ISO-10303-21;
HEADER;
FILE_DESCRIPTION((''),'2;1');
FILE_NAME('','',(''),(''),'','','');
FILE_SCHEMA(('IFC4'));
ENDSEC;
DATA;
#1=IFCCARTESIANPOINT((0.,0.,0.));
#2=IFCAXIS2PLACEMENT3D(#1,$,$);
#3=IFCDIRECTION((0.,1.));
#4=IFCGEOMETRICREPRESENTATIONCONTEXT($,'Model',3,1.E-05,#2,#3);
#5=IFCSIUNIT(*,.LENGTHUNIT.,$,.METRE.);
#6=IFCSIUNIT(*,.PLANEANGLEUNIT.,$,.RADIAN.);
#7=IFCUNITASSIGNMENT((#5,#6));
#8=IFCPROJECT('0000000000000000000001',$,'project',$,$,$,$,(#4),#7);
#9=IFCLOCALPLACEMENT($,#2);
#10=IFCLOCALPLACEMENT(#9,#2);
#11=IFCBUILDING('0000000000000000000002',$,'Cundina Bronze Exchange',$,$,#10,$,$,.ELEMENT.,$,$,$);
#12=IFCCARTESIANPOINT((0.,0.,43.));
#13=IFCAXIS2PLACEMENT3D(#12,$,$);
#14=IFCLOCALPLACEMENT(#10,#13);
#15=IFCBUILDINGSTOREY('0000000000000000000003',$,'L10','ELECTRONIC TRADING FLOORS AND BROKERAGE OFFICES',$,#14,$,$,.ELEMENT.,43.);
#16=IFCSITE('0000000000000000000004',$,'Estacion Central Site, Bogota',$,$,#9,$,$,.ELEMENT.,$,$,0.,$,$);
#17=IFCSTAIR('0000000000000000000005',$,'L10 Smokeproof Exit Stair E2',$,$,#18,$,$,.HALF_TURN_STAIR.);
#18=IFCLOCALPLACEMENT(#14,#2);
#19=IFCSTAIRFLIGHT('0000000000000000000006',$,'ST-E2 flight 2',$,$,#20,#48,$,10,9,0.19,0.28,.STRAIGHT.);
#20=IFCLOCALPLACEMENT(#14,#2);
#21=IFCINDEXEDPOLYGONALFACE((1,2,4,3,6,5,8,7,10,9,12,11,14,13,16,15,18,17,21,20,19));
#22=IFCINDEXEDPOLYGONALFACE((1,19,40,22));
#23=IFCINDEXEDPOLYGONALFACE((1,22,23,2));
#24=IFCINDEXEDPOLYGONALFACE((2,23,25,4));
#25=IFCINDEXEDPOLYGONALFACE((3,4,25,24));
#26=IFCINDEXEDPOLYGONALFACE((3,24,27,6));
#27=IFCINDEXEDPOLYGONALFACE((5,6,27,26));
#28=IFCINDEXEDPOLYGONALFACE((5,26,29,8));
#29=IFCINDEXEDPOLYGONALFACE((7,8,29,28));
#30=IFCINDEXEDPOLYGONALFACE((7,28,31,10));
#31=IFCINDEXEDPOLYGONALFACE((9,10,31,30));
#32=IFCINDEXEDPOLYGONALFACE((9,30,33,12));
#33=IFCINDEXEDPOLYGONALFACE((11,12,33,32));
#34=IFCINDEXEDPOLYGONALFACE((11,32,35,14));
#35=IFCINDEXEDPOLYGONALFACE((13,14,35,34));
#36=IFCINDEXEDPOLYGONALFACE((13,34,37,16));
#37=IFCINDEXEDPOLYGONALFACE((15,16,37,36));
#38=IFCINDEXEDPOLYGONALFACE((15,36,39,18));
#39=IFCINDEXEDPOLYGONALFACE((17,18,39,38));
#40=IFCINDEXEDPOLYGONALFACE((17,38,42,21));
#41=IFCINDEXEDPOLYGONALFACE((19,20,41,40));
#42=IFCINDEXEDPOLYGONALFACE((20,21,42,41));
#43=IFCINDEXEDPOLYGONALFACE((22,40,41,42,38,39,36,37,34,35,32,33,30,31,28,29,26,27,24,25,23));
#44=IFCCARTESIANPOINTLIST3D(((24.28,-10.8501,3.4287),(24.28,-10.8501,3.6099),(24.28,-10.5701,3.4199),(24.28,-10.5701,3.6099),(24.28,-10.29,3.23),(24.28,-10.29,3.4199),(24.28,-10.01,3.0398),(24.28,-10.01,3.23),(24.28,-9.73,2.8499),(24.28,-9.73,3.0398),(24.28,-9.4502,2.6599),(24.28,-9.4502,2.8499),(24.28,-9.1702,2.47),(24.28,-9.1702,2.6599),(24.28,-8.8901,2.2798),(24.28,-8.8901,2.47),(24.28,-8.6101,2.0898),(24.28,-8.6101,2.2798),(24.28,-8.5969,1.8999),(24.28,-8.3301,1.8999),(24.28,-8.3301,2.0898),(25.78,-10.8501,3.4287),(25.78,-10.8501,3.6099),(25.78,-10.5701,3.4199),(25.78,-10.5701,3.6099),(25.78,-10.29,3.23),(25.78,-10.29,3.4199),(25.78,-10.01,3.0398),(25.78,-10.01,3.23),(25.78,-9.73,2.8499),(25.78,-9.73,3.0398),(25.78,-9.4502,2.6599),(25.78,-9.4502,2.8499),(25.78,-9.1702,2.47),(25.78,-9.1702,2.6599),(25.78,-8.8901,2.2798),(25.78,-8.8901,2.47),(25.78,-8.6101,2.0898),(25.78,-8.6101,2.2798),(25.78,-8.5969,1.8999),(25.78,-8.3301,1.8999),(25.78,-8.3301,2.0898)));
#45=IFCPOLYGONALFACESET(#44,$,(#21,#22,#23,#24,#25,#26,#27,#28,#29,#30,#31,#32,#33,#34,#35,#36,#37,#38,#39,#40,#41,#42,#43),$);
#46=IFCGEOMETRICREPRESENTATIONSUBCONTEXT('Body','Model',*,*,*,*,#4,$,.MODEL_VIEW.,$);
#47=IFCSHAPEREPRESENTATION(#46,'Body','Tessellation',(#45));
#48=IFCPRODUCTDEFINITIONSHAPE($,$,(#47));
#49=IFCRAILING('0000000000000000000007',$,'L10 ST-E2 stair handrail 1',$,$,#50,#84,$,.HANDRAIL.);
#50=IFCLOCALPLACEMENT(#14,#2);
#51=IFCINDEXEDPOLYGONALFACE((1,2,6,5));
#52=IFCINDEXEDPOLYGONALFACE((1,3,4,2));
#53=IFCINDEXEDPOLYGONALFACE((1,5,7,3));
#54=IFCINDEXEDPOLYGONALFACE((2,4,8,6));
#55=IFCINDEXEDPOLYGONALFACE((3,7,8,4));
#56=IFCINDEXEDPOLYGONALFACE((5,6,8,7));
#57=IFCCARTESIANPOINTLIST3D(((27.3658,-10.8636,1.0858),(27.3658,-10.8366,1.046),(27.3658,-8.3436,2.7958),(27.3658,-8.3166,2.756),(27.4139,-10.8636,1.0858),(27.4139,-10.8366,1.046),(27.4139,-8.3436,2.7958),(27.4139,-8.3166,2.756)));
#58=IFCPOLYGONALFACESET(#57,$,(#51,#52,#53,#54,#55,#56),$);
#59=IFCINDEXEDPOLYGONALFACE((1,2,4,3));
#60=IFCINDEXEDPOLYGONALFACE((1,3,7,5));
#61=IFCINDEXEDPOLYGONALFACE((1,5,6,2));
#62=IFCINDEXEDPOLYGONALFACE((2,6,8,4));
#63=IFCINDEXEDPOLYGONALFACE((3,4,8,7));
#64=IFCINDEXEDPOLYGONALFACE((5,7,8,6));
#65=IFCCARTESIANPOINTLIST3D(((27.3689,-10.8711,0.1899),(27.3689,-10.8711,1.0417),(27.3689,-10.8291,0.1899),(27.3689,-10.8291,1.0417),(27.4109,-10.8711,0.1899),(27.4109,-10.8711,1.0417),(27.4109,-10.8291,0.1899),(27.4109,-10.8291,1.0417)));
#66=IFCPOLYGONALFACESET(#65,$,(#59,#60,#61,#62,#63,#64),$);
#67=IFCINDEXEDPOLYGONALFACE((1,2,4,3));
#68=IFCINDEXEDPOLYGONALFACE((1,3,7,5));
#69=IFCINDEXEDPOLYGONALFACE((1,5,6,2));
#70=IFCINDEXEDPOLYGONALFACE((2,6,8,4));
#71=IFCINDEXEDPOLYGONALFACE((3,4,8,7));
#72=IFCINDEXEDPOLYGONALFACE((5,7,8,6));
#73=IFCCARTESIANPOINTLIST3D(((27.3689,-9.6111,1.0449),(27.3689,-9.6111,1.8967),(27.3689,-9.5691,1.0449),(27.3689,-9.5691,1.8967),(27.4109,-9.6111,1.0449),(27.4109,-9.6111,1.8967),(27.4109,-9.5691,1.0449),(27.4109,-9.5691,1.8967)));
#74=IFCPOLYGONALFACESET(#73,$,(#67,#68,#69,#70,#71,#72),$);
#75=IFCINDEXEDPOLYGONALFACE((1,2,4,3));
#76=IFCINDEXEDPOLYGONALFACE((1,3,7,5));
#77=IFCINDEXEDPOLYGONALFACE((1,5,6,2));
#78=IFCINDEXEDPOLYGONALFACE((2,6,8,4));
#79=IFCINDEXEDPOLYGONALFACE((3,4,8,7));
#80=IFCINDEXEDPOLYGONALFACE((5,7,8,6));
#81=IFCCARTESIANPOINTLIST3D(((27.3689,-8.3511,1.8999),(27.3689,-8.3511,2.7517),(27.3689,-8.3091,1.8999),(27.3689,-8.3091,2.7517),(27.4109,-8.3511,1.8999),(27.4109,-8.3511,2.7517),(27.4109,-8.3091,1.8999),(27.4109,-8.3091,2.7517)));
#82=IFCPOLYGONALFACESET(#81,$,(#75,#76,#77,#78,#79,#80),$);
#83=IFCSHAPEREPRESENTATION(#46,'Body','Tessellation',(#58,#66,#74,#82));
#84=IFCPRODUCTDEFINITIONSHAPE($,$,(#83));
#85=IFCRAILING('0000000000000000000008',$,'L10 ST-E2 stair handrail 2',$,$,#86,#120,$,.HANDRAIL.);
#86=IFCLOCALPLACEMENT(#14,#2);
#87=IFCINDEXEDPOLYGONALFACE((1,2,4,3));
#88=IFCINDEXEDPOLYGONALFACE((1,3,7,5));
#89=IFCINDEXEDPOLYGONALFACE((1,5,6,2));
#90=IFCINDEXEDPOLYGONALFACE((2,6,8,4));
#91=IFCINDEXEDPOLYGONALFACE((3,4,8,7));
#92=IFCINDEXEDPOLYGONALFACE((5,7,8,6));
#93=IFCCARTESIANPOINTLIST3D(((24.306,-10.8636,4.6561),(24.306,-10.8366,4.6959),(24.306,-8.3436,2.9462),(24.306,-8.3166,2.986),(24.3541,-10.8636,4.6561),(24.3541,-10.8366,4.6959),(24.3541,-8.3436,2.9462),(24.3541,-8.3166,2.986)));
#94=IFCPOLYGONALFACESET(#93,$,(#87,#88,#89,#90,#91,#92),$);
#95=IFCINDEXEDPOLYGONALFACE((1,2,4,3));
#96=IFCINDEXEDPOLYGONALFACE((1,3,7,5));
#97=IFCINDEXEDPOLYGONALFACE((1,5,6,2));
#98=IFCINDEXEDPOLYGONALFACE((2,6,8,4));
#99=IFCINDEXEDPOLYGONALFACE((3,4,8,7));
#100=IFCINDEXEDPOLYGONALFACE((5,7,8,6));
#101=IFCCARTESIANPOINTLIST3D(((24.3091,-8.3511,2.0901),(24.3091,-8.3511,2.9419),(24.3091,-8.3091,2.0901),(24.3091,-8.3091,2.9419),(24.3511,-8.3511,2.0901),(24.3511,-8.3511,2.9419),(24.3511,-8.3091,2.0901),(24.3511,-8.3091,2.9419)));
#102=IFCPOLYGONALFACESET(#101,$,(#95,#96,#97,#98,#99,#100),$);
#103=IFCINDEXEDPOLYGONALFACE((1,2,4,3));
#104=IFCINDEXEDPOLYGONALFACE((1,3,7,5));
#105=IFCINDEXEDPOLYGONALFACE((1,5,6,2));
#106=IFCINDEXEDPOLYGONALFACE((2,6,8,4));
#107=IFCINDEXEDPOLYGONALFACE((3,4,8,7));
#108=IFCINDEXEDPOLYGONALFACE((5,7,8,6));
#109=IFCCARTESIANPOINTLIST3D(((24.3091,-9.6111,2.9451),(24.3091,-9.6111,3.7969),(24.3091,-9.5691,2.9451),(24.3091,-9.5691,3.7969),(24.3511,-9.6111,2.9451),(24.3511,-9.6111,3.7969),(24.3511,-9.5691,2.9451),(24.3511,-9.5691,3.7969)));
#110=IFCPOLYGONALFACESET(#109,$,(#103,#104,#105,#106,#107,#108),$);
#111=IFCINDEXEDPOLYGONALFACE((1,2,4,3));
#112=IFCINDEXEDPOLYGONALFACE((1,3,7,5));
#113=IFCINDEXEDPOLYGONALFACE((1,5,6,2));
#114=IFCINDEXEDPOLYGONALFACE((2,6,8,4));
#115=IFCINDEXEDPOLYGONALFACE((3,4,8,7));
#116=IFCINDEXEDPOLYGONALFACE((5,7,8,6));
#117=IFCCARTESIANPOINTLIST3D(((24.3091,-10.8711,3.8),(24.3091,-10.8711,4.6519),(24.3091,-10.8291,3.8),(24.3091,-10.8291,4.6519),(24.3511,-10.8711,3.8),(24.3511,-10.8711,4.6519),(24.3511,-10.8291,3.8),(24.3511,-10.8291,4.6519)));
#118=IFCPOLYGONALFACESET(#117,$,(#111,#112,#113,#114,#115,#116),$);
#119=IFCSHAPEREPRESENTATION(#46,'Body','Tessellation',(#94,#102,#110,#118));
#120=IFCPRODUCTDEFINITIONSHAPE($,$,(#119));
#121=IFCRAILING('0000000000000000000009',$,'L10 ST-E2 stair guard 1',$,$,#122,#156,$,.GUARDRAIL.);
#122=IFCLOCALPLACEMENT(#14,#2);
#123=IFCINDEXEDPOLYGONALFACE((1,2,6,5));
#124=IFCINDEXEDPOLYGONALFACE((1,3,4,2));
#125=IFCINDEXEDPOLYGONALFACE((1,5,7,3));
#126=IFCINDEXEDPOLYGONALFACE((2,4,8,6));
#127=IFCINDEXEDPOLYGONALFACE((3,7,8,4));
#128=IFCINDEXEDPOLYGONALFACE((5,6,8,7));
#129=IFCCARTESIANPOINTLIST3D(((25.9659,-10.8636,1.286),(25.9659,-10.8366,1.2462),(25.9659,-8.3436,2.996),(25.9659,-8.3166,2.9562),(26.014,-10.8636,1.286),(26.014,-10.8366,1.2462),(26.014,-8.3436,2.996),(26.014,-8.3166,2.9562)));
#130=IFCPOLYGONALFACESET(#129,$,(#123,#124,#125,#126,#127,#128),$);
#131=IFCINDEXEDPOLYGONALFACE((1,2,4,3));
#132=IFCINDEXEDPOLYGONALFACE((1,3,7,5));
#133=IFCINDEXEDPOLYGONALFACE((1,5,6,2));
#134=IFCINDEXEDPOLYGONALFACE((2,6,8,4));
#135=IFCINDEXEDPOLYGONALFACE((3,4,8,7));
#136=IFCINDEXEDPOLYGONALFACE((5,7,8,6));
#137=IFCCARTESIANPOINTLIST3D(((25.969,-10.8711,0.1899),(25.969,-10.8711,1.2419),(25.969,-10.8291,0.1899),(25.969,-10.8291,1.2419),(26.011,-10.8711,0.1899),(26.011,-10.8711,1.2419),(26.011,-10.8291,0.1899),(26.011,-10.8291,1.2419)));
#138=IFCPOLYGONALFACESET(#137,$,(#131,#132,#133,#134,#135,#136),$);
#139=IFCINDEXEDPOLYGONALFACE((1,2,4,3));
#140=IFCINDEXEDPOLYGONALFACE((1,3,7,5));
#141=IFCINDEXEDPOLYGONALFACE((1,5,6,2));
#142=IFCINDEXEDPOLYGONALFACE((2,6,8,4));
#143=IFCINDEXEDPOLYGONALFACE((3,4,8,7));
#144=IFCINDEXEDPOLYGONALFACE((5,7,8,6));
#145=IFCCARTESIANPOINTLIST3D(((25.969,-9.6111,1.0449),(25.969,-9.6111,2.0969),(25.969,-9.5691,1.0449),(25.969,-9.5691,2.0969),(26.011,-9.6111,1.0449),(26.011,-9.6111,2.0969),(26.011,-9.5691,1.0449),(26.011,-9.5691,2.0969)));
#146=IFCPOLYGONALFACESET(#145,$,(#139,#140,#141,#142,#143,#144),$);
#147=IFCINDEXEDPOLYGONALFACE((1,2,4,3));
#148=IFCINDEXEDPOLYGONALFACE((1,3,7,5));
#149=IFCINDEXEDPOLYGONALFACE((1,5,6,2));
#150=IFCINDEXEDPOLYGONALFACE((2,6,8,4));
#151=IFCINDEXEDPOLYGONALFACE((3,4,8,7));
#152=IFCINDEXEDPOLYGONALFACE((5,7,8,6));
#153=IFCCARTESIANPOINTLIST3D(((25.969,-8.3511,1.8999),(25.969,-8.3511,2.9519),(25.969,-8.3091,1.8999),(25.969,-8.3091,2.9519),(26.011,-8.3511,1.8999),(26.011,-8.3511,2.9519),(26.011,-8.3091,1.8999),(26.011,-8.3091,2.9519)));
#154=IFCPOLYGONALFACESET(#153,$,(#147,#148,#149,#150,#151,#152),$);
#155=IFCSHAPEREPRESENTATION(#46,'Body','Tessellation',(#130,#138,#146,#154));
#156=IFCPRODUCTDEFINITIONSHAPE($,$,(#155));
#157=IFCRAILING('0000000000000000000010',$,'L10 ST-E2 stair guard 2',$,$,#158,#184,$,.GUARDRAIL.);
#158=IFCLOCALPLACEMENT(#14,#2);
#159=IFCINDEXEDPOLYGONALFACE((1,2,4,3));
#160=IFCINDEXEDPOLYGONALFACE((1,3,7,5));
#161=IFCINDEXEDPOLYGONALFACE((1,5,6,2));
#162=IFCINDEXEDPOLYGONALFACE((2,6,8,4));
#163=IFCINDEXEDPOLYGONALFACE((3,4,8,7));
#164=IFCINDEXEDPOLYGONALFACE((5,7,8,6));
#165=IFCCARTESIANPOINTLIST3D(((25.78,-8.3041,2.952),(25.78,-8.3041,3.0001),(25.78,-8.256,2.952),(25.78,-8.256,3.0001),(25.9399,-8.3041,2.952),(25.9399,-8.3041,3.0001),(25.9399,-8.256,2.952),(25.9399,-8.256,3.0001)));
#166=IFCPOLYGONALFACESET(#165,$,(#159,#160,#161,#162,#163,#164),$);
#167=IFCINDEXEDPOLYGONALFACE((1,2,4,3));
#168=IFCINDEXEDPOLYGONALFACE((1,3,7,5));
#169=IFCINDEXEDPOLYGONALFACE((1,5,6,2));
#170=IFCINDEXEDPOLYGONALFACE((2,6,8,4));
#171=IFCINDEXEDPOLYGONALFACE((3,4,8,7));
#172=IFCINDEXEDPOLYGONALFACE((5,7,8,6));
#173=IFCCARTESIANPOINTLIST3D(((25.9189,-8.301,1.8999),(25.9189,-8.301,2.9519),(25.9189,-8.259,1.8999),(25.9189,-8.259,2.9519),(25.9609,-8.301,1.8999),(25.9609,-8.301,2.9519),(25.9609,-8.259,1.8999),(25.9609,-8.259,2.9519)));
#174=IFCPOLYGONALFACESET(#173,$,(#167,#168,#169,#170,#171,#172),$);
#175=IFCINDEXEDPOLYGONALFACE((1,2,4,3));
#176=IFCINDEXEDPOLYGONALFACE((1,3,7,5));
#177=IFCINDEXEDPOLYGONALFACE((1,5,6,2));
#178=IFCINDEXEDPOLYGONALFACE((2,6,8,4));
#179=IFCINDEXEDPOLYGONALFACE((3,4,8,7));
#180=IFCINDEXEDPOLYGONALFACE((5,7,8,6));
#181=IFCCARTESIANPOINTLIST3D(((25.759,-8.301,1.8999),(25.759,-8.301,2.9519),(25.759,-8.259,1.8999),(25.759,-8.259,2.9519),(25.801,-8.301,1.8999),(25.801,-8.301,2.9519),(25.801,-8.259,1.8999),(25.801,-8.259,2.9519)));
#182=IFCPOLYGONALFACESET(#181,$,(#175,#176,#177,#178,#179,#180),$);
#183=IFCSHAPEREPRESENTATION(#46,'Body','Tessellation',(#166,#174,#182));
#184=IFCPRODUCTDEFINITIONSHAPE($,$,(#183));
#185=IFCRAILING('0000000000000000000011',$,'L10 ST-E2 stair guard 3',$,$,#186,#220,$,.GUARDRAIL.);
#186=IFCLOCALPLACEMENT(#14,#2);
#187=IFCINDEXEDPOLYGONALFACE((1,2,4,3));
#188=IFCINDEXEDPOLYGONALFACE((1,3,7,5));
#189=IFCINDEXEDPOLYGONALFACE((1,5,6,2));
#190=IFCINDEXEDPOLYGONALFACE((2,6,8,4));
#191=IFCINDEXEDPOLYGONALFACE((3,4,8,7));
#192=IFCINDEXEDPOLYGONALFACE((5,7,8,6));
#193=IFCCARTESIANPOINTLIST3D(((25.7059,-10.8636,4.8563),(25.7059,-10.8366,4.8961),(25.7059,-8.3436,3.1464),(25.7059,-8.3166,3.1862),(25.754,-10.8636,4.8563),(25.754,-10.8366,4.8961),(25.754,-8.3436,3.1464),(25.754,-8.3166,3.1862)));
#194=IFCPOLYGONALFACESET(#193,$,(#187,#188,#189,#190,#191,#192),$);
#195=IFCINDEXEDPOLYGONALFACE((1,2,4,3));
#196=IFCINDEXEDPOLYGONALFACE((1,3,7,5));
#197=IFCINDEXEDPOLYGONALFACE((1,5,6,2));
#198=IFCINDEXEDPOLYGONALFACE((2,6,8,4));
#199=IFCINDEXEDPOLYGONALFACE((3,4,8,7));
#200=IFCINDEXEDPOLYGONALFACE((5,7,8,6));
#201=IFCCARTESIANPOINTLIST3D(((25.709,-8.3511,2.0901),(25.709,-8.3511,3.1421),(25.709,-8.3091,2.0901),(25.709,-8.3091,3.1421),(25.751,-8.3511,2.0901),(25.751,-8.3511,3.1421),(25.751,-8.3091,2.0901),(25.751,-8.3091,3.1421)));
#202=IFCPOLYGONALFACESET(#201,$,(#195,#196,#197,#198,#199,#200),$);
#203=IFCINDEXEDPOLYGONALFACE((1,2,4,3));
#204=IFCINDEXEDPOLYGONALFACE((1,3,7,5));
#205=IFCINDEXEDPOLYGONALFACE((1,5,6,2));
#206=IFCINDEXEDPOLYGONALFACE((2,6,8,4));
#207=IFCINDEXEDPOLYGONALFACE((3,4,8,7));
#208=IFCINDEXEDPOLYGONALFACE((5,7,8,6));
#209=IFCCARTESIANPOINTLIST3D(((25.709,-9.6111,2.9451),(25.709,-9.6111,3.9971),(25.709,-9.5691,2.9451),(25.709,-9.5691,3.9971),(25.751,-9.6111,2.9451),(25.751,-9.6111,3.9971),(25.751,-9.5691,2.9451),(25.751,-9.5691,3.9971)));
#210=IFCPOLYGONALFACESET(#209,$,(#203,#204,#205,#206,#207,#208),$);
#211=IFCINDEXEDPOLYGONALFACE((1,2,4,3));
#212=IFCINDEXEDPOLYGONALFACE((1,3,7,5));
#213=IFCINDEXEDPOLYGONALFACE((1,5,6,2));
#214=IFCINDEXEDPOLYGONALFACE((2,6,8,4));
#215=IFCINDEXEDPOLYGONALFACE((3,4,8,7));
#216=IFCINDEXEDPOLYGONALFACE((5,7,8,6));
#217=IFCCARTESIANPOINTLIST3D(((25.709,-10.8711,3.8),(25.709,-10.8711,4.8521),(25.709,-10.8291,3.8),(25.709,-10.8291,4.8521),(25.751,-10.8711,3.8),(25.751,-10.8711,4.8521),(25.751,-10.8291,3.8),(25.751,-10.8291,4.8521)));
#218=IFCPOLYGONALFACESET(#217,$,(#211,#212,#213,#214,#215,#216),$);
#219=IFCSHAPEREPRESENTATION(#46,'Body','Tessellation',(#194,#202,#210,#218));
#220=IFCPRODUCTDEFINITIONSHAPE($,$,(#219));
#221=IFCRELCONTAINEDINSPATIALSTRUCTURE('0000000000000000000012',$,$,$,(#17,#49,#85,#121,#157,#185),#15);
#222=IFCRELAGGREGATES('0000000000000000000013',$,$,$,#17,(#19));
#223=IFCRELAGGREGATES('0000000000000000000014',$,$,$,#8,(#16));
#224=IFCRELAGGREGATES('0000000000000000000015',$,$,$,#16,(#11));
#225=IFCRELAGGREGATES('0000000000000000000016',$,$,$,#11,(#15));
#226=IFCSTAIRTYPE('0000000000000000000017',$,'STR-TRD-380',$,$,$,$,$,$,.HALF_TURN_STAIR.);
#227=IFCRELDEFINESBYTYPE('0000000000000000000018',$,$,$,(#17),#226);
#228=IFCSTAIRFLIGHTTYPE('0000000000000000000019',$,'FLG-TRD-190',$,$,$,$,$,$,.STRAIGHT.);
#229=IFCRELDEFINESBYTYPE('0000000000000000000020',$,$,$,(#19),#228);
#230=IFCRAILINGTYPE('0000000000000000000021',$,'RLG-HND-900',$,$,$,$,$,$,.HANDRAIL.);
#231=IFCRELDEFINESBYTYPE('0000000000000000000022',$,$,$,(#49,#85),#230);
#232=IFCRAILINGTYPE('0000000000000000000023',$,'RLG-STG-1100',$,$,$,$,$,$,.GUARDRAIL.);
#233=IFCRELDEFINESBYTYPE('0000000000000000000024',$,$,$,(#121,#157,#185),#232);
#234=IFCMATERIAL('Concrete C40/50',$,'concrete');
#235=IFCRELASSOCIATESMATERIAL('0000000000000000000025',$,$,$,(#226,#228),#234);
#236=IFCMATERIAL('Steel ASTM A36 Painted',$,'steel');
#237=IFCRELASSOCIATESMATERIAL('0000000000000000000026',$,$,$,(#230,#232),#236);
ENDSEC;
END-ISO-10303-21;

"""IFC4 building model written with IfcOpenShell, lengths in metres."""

from ifc_helpers import new_model, si_unit, direction, frame, origin, origin_2d, place, context, subcontext, project, spatial, polyline, rectangle, outline, extrude, material, type_object, element, aggregate, save


model = new_model("IFC4")

# Units and contexts
model_context = context("Model", 3, precision=1e-05, world=origin(), true_north=direction((0.0, 1.0)))
body_context = subcontext(model_context, "Body", "Model", "MODEL_VIEW")
ifc_project = project(units=[si_unit("LENGTHUNIT", "METRE"), si_unit("PLANEANGLEUNIT", "RADIAN")], contexts=[model_context])

# Site, building, storey
site_placement = place(None, origin())
site = spatial("IfcSite", under=ifc_project, at=site_placement, Name="Estacion Central Site, Bogota", CompositionType="ELEMENT", RefElevation=0.0)
building_placement = place(site_placement, origin())
building = spatial("IfcBuilding", under=site, at=building_placement, Name="Cundina Bronze Exchange", CompositionType="ELEMENT")
storey_placement = place(building_placement, frame((0.0, 0.0, 43.0)))
storey = spatial("IfcBuildingStorey", under=building, at=storey_placement, Name="L10", Description="ELECTRONIC TRADING FLOORS AND BROKERAGE OFFICES", CompositionType="ELEMENT", Elevation=43.0)

# Shared definitions
ifc_material_1 = material(Name="Steel ASTM A36 Painted", Category="steel")

# Stair, stair flight
ifc_material_2 = material(Name="Concrete C40/50", Category="concrete")
stair_type = type_object("IfcStairType", Name="STR-TRD-380", PredefinedType="HALF_TURN_STAIR", material=ifc_material_2)
stair_placement = place(storey_placement, origin())
stair = element("IfcStair", 1, at=stair_placement, inside=storey, type_object=stair_type, Name="L10 Smokeproof Exit Stair E2", PredefinedType="HALF_TURN_STAIR")
stair_flight_type = type_object("IfcStairFlightType", Name="FLG-TRD-190", PredefinedType="STRAIGHT", material=ifc_material_2)
stair_flight_1_placement = place(storey_placement, frame((25.03, -8.3301, 1.8999), z_axis=(0.0, 0.0, 1.0), x_axis=(0.0, -1.0, 0.0)))
stair_flight_1 = element("IfcStairFlight", 2, at=stair_flight_1_placement, type_object=stair_flight_type, Name="ST-E2 flight 2", NumberOfRisers=10, NumberOfTreads=9, PredefinedType="STRAIGHT", RiserHeight=0.19, TreadLength=0.28, context=body_context, shape_type="SweptSolid", body=[
    extrude(outline(polyline([(0.0, 0.0), (0.0, 0.1899), (0.28, 0.1899), (0.28, 0.3799), (0.5601, 0.3799), (0.5601, 0.5701), (0.8401, 0.5701), (0.8401, 0.76), (1.1201, 0.76), (1.1201, 0.95), (1.3999, 0.95), (1.3999, 1.1399), (1.6799, 1.1399), (1.6799, 1.3301), (1.96, 1.3301), (1.96, 1.52), (2.24, 1.52), (2.24, 1.71), (2.52, 1.71), (2.52, 1.8999), (2.52, 1.5288), (0.2668, 0.0), (0.0, 0.0)])), frame((0.0, 0.75, 0.0), z_axis=(0.0, -1.0, 0.0), x_axis=(1.0, 0.0, 0.0)), (0.0, 0.0, 1.0), 1.5),
])
aggregate(stair, [stair_flight_1])

# Railings
railing_type_1 = type_object("IfcRailingType", Name="RLG-HND-900", PredefinedType="HANDRAIL", material=ifc_material_1)
railing_1_placement = place(storey_placement, frame((27.3899, -10.8501, 0.1899)))
element("IfcRailing", 3, at=railing_1_placement, inside=storey, type_object=railing_type_1, Name="L10 ST-E2 stair handrail 1", PredefinedType="HANDRAIL", context=body_context, shape_type="SweptSolid", body=[
    extrude(rectangle(XDim=0.0481, YDim=0.0481, at=origin_2d()), frame((0.0, 0.0, 0.876), z_axis=(0.0, 0.827484, 0.56149), x_axis=(-1.0, 0.0, 0.0)), (0.0, 0.0, 1.0), 3.0454),
    extrude(rectangle(XDim=0.042, YDim=0.042, at=origin_2d()), origin(), (0.0, 0.0, 1.0), 0.8518),
    extrude(rectangle(XDim=0.042, YDim=0.042, at=origin_2d()), frame((0.0, 1.26, 0.855)), (0.0, 0.0, 1.0), 0.8518),
    extrude(rectangle(XDim=0.042, YDim=0.042, at=origin_2d()), frame((0.0, 2.52, 1.71)), (0.0, 0.0, 1.0), 0.8518),
])
railing_2_placement = place(storey_placement, frame((24.3301, -8.3301, 2.0901)))
element("IfcRailing", 4, at=railing_2_placement, inside=storey, type_object=railing_type_1, Name="L10 ST-E2 stair handrail 2", PredefinedType="HANDRAIL", context=body_context, shape_type="SweptSolid", body=[
    extrude(rectangle(XDim=0.0481, YDim=0.0481, at=origin_2d()), frame((0.0, 0.0, 0.876), z_axis=(0.0, -0.827484, 0.56149), x_axis=(1.0, 0.0, 0.0)), (0.0, 0.0, 1.0), 3.0454),
    extrude(rectangle(XDim=0.042, YDim=0.042, at=origin_2d()), origin(), (0.0, 0.0, 1.0), 0.8518),
    extrude(rectangle(XDim=0.042, YDim=0.042, at=origin_2d()), frame((0.0, -1.26, 0.855)), (0.0, 0.0, 1.0), 0.8518),
    extrude(rectangle(XDim=0.042, YDim=0.042, at=origin_2d()), frame((0.0, -2.52, 1.71)), (0.0, 0.0, 1.0), 0.8518),
])
railing_type_2 = type_object("IfcRailingType", Name="RLG-STG-1100", PredefinedType="GUARDRAIL", material=ifc_material_1)
railing_3_placement = place(storey_placement, frame((25.99, -10.8501, 0.1899)))
element("IfcRailing", 5, at=railing_3_placement, inside=storey, type_object=railing_type_2, Name="L10 ST-E2 stair guard 1", PredefinedType="GUARDRAIL", context=body_context, shape_type="SweptSolid", body=[
    extrude(rectangle(XDim=0.0481, YDim=0.0481, at=origin_2d()), frame((0.0, 0.0, 1.0762), z_axis=(0.0, 0.827484, 0.56149), x_axis=(-1.0, 0.0, 0.0)), (0.0, 0.0, 1.0), 3.0454),
    extrude(rectangle(XDim=0.042, YDim=0.042, at=origin_2d()), origin(), (0.0, 0.0, 1.0), 1.052),
    extrude(rectangle(XDim=0.042, YDim=0.042, at=origin_2d()), frame((0.0, 1.26, 0.855)), (0.0, 0.0, 1.0), 1.052),
    extrude(rectangle(XDim=0.042, YDim=0.042, at=origin_2d()), frame((0.0, 2.52, 1.71)), (0.0, 0.0, 1.0), 1.052),
])
railing_4_placement = place(storey_placement, frame((25.9399, -8.28, 1.8999)))
element("IfcRailing", 6, at=railing_4_placement, inside=storey, type_object=railing_type_2, Name="L10 ST-E2 stair guard 2", PredefinedType="GUARDRAIL", context=body_context, shape_type="SweptSolid", body=[
    extrude(rectangle(XDim=0.0481, YDim=0.0481, at=origin_2d()), frame((0.0, 0.0, 1.0762), z_axis=(-1.0, 0.0, 0.0), x_axis=(0.0, -1.0, 0.0)), (0.0, 0.0, 1.0), 0.1599),
    extrude(rectangle(XDim=0.042, YDim=0.042, at=origin_2d()), origin(), (0.0, 0.0, 1.0), 1.052),
    extrude(rectangle(XDim=0.042, YDim=0.042, at=origin_2d()), frame((-0.1599, 0.0, 0.0)), (0.0, 0.0, 1.0), 1.052),
])
railing_5_placement = place(storey_placement, frame((25.73, -8.3301, 2.0901)))
element("IfcRailing", 7, at=railing_5_placement, inside=storey, type_object=railing_type_2, Name="L10 ST-E2 stair guard 3", PredefinedType="GUARDRAIL", context=body_context, shape_type="SweptSolid", body=[
    extrude(rectangle(XDim=0.0481, YDim=0.0481, at=origin_2d()), frame((0.0, 0.0, 1.0762), z_axis=(0.0, -0.827484, 0.56149), x_axis=(1.0, 0.0, 0.0)), (0.0, 0.0, 1.0), 3.0454),
    extrude(rectangle(XDim=0.042, YDim=0.042, at=origin_2d()), origin(), (0.0, 0.0, 1.0), 1.052),
    extrude(rectangle(XDim=0.042, YDim=0.042, at=origin_2d()), frame((0.0, -1.26, 0.855)), (0.0, 0.0, 1.0), 1.052),
    extrude(rectangle(XDim=0.042, YDim=0.042, at=origin_2d()), frame((0.0, -2.52, 1.71)), (0.0, 0.0, 1.0), 1.052),
])

save(model, "model.ifc")
